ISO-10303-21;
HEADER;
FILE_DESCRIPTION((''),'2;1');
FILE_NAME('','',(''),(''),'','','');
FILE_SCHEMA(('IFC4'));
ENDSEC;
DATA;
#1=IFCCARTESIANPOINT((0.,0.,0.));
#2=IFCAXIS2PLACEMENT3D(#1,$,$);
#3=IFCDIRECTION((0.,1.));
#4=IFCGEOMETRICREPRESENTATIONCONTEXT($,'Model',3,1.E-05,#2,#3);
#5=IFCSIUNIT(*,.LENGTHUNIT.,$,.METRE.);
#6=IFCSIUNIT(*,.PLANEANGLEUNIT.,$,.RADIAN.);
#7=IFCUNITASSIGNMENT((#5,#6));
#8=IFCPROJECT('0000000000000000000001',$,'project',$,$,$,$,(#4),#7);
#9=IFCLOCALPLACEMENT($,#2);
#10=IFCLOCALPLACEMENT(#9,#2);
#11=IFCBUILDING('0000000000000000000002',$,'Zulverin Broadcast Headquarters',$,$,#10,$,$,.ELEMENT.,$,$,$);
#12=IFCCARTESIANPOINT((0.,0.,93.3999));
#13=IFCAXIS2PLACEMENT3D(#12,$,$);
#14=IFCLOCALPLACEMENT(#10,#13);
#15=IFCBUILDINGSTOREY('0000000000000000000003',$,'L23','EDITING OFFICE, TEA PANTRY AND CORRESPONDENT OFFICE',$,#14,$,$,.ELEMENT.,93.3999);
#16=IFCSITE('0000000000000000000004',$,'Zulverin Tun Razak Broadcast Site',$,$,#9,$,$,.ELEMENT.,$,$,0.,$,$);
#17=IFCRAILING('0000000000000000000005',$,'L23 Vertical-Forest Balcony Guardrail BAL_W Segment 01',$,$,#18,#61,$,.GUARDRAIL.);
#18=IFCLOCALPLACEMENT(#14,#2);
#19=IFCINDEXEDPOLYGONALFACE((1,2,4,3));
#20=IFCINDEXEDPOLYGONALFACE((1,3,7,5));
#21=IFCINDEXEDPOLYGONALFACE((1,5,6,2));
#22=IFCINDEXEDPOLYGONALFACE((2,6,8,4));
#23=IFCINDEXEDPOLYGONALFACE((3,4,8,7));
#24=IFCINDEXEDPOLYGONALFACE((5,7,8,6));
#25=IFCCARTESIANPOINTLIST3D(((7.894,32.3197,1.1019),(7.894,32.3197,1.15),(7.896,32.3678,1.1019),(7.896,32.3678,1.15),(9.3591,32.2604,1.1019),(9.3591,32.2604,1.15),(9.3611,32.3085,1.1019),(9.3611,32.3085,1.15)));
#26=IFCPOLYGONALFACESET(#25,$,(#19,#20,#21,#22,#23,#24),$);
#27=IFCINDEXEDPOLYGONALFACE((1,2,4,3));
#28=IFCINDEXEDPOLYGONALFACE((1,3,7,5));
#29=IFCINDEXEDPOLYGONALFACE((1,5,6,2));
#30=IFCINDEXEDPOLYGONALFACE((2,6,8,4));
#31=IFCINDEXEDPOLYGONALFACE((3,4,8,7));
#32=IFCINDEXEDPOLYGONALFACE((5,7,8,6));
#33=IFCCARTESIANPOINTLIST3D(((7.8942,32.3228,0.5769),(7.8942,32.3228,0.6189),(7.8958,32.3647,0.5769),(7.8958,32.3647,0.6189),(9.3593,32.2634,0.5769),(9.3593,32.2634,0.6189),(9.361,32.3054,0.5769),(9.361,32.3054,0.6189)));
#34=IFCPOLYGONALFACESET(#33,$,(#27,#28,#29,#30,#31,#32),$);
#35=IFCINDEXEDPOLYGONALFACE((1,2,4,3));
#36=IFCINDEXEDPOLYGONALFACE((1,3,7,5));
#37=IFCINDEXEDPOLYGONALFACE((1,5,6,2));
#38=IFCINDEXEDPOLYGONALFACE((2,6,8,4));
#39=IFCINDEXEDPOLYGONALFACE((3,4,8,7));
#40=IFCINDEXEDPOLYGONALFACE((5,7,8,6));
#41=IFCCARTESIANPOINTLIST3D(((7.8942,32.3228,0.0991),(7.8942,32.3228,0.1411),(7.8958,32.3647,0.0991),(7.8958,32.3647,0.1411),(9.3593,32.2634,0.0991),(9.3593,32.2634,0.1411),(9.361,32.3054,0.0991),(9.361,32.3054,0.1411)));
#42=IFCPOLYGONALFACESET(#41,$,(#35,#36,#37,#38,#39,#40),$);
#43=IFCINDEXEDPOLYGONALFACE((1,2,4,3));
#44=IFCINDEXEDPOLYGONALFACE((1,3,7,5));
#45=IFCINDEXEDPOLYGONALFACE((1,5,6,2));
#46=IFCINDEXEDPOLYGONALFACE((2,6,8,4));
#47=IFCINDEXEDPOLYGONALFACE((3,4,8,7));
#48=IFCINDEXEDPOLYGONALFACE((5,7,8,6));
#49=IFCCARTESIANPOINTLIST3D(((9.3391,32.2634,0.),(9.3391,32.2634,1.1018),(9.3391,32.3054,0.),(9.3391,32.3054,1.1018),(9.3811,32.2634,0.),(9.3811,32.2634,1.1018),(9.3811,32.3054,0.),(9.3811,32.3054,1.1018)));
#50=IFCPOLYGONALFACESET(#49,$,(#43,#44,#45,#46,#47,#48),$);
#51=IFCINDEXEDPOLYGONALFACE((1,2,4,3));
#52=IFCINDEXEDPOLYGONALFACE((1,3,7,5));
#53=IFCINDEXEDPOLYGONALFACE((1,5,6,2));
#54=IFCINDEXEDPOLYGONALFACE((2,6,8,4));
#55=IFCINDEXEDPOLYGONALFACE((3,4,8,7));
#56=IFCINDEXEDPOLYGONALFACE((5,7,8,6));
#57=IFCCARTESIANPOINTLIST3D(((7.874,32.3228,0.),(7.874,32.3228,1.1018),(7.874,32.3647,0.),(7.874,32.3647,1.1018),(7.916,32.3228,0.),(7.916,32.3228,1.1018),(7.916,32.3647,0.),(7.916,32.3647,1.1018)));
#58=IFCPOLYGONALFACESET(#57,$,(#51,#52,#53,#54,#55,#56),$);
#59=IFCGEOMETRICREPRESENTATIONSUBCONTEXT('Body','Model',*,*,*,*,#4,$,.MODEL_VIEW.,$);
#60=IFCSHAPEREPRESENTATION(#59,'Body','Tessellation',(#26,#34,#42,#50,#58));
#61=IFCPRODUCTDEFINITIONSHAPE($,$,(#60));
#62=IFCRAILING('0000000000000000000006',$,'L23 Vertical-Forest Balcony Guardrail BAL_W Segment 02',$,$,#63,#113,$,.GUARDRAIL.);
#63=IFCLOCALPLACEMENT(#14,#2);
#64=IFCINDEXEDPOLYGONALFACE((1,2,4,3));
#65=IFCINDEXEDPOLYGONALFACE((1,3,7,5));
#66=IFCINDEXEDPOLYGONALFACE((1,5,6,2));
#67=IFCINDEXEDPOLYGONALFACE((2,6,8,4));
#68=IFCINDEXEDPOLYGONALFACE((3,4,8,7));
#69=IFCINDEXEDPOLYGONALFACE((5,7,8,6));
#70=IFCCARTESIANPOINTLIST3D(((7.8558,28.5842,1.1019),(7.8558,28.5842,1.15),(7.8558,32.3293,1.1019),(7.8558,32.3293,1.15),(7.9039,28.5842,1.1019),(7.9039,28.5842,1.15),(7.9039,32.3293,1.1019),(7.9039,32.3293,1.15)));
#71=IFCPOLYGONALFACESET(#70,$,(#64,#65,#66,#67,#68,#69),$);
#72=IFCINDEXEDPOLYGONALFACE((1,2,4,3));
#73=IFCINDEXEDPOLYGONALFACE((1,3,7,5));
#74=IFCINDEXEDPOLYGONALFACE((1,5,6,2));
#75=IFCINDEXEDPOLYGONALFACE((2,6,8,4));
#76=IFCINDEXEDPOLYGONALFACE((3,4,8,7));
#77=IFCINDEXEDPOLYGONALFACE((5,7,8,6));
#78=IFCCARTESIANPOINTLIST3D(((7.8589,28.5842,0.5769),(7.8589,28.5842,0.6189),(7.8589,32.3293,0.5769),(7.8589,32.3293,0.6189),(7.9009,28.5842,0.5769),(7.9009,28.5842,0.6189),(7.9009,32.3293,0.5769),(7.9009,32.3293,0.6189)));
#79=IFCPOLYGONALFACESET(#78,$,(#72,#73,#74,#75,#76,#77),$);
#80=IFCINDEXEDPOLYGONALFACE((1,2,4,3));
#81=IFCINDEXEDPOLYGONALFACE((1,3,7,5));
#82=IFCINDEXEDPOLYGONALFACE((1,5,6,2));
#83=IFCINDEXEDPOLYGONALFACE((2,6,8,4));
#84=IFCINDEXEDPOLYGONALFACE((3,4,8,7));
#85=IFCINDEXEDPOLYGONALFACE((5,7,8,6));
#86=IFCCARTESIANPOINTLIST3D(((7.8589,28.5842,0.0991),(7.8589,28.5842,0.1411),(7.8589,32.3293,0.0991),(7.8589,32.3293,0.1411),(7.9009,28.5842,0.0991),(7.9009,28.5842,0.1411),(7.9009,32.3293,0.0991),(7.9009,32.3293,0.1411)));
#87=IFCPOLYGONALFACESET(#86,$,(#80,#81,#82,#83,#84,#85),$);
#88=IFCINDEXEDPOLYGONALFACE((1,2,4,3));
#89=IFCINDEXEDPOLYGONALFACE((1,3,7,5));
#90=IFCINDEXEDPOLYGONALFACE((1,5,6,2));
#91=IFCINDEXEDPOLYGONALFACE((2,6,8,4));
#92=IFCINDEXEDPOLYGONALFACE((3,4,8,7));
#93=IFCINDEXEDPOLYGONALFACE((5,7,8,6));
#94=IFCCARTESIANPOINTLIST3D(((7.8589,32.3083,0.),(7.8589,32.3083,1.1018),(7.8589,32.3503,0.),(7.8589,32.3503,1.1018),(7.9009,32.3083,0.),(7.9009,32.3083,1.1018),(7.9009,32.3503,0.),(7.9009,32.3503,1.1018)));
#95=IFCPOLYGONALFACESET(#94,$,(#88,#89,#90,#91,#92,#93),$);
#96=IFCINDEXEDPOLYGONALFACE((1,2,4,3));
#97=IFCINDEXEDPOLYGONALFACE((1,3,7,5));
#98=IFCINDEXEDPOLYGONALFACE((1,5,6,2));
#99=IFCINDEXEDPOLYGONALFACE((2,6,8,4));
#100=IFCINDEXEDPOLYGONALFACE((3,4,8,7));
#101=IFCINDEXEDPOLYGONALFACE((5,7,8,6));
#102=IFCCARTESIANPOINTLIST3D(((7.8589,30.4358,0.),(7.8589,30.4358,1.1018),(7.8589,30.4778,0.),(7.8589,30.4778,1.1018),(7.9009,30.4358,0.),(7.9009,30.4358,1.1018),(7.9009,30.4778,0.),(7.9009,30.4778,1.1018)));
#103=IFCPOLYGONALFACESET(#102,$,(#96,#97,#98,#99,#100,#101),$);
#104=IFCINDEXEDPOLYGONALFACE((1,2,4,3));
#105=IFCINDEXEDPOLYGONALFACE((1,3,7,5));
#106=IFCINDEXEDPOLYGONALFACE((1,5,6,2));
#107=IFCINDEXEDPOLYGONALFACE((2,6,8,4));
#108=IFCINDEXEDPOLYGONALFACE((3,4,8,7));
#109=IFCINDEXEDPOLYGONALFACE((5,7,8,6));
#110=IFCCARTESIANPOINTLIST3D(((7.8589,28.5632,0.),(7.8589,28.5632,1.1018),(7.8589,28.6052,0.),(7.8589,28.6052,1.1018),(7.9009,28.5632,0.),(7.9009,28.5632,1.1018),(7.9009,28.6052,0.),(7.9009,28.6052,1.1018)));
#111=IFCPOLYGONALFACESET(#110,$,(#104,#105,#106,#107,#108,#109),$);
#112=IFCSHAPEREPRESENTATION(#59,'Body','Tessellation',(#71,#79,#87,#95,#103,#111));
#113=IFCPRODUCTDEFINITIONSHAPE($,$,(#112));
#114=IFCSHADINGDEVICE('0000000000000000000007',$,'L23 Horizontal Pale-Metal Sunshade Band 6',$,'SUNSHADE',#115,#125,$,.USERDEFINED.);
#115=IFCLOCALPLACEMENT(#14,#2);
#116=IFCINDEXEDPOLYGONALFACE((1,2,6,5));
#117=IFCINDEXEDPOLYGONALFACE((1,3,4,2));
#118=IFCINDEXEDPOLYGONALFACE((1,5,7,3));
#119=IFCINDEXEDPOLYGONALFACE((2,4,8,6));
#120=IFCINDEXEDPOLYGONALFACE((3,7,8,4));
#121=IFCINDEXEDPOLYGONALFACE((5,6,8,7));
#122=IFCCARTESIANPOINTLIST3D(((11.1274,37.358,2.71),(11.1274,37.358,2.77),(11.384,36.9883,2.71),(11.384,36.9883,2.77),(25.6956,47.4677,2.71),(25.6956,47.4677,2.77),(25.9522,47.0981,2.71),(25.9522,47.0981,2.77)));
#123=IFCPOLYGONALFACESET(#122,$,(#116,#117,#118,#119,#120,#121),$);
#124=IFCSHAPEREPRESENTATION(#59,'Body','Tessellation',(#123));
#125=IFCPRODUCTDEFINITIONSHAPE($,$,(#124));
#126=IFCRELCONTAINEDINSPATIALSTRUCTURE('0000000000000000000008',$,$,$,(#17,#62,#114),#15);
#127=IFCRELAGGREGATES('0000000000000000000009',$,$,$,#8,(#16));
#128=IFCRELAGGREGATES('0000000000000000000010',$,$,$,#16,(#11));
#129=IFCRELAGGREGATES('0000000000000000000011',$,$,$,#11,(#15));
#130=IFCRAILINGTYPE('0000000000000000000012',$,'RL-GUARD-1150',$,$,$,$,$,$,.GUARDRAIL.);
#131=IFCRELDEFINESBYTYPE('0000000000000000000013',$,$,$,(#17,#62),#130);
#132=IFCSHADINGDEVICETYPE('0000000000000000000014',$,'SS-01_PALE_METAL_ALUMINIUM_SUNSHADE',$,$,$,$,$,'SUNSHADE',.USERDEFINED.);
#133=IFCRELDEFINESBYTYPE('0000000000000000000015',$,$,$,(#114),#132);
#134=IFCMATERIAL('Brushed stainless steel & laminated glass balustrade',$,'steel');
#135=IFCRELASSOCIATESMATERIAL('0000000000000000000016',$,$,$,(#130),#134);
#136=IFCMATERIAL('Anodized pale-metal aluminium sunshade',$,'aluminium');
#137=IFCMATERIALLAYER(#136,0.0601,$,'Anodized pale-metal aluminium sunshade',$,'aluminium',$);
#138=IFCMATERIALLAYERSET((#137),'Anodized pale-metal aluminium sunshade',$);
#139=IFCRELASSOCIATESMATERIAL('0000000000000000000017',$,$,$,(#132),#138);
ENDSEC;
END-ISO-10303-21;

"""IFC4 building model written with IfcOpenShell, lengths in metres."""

from ifc_helpers import new_model, si_unit, direction, frame, origin, origin_2d, place, context, subcontext, project, spatial, rectangle, extrude, material, layer, layer_set, type_object, element, save


model = new_model("IFC4")

# Units and contexts
model_context = context("Model", 3, precision=1e-05, world=origin(), true_north=direction((0.0, 1.0)))
body_context = subcontext(model_context, "Body", "Model", "MODEL_VIEW")
ifc_project = project(units=[si_unit("LENGTHUNIT", "METRE"), si_unit("PLANEANGLEUNIT", "RADIAN")], contexts=[model_context])

# Site, building, storey
site_placement = place(None, origin())
site = spatial("IfcSite", under=ifc_project, at=site_placement, Name="Zulverin Tun Razak Broadcast Site", CompositionType="ELEMENT", RefElevation=0.0)
building_placement = place(site_placement, origin())
building = spatial("IfcBuilding", under=site, at=building_placement, Name="Zulverin Broadcast Headquarters", CompositionType="ELEMENT")
storey_placement = place(building_placement, frame((0.0, 0.0, 93.3999)))
storey = spatial("IfcBuildingStorey", under=building, at=storey_placement, Name="L23", Description="EDITING OFFICE, TEA PANTRY AND CORRESPONDENT OFFICE", CompositionType="ELEMENT", Elevation=93.3999)

# Railings
ifc_material_1 = material(Name="Brushed stainless steel & laminated glass balustrade", Category="steel")
railing_type = type_object("IfcRailingType", Name="RL-GUARD-1150", PredefinedType="GUARDRAIL", material=ifc_material_1)
railing_1_placement = place(storey_placement, frame((9.3601, 32.2844, 0.0)))
element("IfcRailing", 1, at=railing_1_placement, inside=storey, type_object=railing_type, Name="L23 Vertical-Forest Balcony Guardrail BAL_W Segment 01", PredefinedType="GUARDRAIL", context=body_context, shape_type="SweptSolid", body=[
    extrude(rectangle(XDim=0.0481, YDim=0.0481, at=origin_2d()), frame((0.0, 0.0, 1.126), z_axis=(-0.999181, 0.04046, 0.0), x_axis=(-0.04046, -0.999181, 0.0)), (0.0, 0.0, 1.0), 1.4663),
    extrude(rectangle(XDim=0.042, YDim=0.042, at=origin_2d()), frame((0.0, 0.0, 0.5979), z_axis=(-0.999181, 0.04046, 0.0), x_axis=(-0.04046, -0.999181, 0.0)), (0.0, 0.0, 1.0), 1.4663),
    extrude(rectangle(XDim=0.042, YDim=0.042, at=origin_2d()), frame((0.0, 0.0, 0.1201), z_axis=(-0.999181, 0.04046, 0.0), x_axis=(-0.04046, -0.999181, 0.0)), (0.0, 0.0, 1.0), 1.4663),
    extrude(rectangle(XDim=0.042, YDim=0.042, at=origin_2d()), origin(), (0.0, 0.0, 1.0), 1.1018),
    extrude(rectangle(XDim=0.042, YDim=0.042, at=origin_2d()), frame((-1.4651, 0.0593, 0.0)), (0.0, 0.0, 1.0), 1.1018),
])
railing_2_placement = place(storey_placement, frame((7.8799, 32.3293, 0.0)))
element("IfcRailing", 2, at=railing_2_placement, inside=storey, type_object=railing_type, Name="L23 Vertical-Forest Balcony Guardrail BAL_W Segment 02", PredefinedType="GUARDRAIL", context=body_context, shape_type="SweptSolid", body=[
    extrude(rectangle(XDim=0.0481, YDim=0.0481, at=origin_2d()), frame((0.0, 0.0, 1.126), z_axis=(0.0, -1.0, 0.0), x_axis=(1.0, 0.0, 0.0)), (0.0, 0.0, 1.0), 3.7451),
    extrude(rectangle(XDim=0.042, YDim=0.042, at=origin_2d()), frame((0.0, 0.0, 0.5979), z_axis=(0.0, -1.0, 0.0), x_axis=(1.0, 0.0, 0.0)), (0.0, 0.0, 1.0), 3.7451),
    extrude(rectangle(XDim=0.042, YDim=0.042, at=origin_2d()), frame((0.0, 0.0, 0.1201), z_axis=(0.0, -1.0, 0.0), x_axis=(1.0, 0.0, 0.0)), (0.0, 0.0, 1.0), 3.7451),
    extrude(rectangle(XDim=0.042, YDim=0.042, at=origin_2d()), origin(), (0.0, 0.0, 1.0), 1.1018),
    extrude(rectangle(XDim=0.042, YDim=0.042, at=origin_2d()), frame((0.0, -1.8726, 0.0)), (0.0, 0.0, 1.0), 1.1018),
    extrude(rectangle(XDim=0.042, YDim=0.042, at=origin_2d()), frame((0.0, -3.7451, 0.0)), (0.0, 0.0, 1.0), 1.1018),
])

# Shading device
ifc_material_2 = material(Name="Anodized pale-metal aluminium sunshade", Category="aluminium")
ifc_layer_1 = layer(ifc_material_2, 0.0601, Name="Anodized pale-metal aluminium sunshade", Category="aluminium")
ifc_layer_set_1 = layer_set([ifc_layer_1], Name="Anodized pale-metal aluminium sunshade")
shading_device_type = type_object("IfcShadingDeviceType", Name="SS-01_PALE_METAL_ALUMINIUM_SUNSHADE", ElementType="SUNSHADE", PredefinedType="USERDEFINED", material=ifc_layer_set_1)
shading_device_placement = place(storey_placement, frame((18.5398, 42.228, 2.71), z_axis=(0.0, 0.0, 1.0), x_axis=(-0.821556, -0.570127, 0.0)))
element("IfcShadingDevice", 3, at=shading_device_placement, inside=storey, type_object=shading_device_type, Name="L23 Horizontal Pale-Metal Sunshade Band 6", ObjectType="SUNSHADE", PredefinedType="USERDEFINED", context=body_context, shape_type="SweptSolid", body=[
    extrude(rectangle(XDim=17.7324, YDim=0.45, at=origin_2d()), origin(), (0.0, 0.0, 1.0), 0.0601),
])

save(model, "model.ifc")
